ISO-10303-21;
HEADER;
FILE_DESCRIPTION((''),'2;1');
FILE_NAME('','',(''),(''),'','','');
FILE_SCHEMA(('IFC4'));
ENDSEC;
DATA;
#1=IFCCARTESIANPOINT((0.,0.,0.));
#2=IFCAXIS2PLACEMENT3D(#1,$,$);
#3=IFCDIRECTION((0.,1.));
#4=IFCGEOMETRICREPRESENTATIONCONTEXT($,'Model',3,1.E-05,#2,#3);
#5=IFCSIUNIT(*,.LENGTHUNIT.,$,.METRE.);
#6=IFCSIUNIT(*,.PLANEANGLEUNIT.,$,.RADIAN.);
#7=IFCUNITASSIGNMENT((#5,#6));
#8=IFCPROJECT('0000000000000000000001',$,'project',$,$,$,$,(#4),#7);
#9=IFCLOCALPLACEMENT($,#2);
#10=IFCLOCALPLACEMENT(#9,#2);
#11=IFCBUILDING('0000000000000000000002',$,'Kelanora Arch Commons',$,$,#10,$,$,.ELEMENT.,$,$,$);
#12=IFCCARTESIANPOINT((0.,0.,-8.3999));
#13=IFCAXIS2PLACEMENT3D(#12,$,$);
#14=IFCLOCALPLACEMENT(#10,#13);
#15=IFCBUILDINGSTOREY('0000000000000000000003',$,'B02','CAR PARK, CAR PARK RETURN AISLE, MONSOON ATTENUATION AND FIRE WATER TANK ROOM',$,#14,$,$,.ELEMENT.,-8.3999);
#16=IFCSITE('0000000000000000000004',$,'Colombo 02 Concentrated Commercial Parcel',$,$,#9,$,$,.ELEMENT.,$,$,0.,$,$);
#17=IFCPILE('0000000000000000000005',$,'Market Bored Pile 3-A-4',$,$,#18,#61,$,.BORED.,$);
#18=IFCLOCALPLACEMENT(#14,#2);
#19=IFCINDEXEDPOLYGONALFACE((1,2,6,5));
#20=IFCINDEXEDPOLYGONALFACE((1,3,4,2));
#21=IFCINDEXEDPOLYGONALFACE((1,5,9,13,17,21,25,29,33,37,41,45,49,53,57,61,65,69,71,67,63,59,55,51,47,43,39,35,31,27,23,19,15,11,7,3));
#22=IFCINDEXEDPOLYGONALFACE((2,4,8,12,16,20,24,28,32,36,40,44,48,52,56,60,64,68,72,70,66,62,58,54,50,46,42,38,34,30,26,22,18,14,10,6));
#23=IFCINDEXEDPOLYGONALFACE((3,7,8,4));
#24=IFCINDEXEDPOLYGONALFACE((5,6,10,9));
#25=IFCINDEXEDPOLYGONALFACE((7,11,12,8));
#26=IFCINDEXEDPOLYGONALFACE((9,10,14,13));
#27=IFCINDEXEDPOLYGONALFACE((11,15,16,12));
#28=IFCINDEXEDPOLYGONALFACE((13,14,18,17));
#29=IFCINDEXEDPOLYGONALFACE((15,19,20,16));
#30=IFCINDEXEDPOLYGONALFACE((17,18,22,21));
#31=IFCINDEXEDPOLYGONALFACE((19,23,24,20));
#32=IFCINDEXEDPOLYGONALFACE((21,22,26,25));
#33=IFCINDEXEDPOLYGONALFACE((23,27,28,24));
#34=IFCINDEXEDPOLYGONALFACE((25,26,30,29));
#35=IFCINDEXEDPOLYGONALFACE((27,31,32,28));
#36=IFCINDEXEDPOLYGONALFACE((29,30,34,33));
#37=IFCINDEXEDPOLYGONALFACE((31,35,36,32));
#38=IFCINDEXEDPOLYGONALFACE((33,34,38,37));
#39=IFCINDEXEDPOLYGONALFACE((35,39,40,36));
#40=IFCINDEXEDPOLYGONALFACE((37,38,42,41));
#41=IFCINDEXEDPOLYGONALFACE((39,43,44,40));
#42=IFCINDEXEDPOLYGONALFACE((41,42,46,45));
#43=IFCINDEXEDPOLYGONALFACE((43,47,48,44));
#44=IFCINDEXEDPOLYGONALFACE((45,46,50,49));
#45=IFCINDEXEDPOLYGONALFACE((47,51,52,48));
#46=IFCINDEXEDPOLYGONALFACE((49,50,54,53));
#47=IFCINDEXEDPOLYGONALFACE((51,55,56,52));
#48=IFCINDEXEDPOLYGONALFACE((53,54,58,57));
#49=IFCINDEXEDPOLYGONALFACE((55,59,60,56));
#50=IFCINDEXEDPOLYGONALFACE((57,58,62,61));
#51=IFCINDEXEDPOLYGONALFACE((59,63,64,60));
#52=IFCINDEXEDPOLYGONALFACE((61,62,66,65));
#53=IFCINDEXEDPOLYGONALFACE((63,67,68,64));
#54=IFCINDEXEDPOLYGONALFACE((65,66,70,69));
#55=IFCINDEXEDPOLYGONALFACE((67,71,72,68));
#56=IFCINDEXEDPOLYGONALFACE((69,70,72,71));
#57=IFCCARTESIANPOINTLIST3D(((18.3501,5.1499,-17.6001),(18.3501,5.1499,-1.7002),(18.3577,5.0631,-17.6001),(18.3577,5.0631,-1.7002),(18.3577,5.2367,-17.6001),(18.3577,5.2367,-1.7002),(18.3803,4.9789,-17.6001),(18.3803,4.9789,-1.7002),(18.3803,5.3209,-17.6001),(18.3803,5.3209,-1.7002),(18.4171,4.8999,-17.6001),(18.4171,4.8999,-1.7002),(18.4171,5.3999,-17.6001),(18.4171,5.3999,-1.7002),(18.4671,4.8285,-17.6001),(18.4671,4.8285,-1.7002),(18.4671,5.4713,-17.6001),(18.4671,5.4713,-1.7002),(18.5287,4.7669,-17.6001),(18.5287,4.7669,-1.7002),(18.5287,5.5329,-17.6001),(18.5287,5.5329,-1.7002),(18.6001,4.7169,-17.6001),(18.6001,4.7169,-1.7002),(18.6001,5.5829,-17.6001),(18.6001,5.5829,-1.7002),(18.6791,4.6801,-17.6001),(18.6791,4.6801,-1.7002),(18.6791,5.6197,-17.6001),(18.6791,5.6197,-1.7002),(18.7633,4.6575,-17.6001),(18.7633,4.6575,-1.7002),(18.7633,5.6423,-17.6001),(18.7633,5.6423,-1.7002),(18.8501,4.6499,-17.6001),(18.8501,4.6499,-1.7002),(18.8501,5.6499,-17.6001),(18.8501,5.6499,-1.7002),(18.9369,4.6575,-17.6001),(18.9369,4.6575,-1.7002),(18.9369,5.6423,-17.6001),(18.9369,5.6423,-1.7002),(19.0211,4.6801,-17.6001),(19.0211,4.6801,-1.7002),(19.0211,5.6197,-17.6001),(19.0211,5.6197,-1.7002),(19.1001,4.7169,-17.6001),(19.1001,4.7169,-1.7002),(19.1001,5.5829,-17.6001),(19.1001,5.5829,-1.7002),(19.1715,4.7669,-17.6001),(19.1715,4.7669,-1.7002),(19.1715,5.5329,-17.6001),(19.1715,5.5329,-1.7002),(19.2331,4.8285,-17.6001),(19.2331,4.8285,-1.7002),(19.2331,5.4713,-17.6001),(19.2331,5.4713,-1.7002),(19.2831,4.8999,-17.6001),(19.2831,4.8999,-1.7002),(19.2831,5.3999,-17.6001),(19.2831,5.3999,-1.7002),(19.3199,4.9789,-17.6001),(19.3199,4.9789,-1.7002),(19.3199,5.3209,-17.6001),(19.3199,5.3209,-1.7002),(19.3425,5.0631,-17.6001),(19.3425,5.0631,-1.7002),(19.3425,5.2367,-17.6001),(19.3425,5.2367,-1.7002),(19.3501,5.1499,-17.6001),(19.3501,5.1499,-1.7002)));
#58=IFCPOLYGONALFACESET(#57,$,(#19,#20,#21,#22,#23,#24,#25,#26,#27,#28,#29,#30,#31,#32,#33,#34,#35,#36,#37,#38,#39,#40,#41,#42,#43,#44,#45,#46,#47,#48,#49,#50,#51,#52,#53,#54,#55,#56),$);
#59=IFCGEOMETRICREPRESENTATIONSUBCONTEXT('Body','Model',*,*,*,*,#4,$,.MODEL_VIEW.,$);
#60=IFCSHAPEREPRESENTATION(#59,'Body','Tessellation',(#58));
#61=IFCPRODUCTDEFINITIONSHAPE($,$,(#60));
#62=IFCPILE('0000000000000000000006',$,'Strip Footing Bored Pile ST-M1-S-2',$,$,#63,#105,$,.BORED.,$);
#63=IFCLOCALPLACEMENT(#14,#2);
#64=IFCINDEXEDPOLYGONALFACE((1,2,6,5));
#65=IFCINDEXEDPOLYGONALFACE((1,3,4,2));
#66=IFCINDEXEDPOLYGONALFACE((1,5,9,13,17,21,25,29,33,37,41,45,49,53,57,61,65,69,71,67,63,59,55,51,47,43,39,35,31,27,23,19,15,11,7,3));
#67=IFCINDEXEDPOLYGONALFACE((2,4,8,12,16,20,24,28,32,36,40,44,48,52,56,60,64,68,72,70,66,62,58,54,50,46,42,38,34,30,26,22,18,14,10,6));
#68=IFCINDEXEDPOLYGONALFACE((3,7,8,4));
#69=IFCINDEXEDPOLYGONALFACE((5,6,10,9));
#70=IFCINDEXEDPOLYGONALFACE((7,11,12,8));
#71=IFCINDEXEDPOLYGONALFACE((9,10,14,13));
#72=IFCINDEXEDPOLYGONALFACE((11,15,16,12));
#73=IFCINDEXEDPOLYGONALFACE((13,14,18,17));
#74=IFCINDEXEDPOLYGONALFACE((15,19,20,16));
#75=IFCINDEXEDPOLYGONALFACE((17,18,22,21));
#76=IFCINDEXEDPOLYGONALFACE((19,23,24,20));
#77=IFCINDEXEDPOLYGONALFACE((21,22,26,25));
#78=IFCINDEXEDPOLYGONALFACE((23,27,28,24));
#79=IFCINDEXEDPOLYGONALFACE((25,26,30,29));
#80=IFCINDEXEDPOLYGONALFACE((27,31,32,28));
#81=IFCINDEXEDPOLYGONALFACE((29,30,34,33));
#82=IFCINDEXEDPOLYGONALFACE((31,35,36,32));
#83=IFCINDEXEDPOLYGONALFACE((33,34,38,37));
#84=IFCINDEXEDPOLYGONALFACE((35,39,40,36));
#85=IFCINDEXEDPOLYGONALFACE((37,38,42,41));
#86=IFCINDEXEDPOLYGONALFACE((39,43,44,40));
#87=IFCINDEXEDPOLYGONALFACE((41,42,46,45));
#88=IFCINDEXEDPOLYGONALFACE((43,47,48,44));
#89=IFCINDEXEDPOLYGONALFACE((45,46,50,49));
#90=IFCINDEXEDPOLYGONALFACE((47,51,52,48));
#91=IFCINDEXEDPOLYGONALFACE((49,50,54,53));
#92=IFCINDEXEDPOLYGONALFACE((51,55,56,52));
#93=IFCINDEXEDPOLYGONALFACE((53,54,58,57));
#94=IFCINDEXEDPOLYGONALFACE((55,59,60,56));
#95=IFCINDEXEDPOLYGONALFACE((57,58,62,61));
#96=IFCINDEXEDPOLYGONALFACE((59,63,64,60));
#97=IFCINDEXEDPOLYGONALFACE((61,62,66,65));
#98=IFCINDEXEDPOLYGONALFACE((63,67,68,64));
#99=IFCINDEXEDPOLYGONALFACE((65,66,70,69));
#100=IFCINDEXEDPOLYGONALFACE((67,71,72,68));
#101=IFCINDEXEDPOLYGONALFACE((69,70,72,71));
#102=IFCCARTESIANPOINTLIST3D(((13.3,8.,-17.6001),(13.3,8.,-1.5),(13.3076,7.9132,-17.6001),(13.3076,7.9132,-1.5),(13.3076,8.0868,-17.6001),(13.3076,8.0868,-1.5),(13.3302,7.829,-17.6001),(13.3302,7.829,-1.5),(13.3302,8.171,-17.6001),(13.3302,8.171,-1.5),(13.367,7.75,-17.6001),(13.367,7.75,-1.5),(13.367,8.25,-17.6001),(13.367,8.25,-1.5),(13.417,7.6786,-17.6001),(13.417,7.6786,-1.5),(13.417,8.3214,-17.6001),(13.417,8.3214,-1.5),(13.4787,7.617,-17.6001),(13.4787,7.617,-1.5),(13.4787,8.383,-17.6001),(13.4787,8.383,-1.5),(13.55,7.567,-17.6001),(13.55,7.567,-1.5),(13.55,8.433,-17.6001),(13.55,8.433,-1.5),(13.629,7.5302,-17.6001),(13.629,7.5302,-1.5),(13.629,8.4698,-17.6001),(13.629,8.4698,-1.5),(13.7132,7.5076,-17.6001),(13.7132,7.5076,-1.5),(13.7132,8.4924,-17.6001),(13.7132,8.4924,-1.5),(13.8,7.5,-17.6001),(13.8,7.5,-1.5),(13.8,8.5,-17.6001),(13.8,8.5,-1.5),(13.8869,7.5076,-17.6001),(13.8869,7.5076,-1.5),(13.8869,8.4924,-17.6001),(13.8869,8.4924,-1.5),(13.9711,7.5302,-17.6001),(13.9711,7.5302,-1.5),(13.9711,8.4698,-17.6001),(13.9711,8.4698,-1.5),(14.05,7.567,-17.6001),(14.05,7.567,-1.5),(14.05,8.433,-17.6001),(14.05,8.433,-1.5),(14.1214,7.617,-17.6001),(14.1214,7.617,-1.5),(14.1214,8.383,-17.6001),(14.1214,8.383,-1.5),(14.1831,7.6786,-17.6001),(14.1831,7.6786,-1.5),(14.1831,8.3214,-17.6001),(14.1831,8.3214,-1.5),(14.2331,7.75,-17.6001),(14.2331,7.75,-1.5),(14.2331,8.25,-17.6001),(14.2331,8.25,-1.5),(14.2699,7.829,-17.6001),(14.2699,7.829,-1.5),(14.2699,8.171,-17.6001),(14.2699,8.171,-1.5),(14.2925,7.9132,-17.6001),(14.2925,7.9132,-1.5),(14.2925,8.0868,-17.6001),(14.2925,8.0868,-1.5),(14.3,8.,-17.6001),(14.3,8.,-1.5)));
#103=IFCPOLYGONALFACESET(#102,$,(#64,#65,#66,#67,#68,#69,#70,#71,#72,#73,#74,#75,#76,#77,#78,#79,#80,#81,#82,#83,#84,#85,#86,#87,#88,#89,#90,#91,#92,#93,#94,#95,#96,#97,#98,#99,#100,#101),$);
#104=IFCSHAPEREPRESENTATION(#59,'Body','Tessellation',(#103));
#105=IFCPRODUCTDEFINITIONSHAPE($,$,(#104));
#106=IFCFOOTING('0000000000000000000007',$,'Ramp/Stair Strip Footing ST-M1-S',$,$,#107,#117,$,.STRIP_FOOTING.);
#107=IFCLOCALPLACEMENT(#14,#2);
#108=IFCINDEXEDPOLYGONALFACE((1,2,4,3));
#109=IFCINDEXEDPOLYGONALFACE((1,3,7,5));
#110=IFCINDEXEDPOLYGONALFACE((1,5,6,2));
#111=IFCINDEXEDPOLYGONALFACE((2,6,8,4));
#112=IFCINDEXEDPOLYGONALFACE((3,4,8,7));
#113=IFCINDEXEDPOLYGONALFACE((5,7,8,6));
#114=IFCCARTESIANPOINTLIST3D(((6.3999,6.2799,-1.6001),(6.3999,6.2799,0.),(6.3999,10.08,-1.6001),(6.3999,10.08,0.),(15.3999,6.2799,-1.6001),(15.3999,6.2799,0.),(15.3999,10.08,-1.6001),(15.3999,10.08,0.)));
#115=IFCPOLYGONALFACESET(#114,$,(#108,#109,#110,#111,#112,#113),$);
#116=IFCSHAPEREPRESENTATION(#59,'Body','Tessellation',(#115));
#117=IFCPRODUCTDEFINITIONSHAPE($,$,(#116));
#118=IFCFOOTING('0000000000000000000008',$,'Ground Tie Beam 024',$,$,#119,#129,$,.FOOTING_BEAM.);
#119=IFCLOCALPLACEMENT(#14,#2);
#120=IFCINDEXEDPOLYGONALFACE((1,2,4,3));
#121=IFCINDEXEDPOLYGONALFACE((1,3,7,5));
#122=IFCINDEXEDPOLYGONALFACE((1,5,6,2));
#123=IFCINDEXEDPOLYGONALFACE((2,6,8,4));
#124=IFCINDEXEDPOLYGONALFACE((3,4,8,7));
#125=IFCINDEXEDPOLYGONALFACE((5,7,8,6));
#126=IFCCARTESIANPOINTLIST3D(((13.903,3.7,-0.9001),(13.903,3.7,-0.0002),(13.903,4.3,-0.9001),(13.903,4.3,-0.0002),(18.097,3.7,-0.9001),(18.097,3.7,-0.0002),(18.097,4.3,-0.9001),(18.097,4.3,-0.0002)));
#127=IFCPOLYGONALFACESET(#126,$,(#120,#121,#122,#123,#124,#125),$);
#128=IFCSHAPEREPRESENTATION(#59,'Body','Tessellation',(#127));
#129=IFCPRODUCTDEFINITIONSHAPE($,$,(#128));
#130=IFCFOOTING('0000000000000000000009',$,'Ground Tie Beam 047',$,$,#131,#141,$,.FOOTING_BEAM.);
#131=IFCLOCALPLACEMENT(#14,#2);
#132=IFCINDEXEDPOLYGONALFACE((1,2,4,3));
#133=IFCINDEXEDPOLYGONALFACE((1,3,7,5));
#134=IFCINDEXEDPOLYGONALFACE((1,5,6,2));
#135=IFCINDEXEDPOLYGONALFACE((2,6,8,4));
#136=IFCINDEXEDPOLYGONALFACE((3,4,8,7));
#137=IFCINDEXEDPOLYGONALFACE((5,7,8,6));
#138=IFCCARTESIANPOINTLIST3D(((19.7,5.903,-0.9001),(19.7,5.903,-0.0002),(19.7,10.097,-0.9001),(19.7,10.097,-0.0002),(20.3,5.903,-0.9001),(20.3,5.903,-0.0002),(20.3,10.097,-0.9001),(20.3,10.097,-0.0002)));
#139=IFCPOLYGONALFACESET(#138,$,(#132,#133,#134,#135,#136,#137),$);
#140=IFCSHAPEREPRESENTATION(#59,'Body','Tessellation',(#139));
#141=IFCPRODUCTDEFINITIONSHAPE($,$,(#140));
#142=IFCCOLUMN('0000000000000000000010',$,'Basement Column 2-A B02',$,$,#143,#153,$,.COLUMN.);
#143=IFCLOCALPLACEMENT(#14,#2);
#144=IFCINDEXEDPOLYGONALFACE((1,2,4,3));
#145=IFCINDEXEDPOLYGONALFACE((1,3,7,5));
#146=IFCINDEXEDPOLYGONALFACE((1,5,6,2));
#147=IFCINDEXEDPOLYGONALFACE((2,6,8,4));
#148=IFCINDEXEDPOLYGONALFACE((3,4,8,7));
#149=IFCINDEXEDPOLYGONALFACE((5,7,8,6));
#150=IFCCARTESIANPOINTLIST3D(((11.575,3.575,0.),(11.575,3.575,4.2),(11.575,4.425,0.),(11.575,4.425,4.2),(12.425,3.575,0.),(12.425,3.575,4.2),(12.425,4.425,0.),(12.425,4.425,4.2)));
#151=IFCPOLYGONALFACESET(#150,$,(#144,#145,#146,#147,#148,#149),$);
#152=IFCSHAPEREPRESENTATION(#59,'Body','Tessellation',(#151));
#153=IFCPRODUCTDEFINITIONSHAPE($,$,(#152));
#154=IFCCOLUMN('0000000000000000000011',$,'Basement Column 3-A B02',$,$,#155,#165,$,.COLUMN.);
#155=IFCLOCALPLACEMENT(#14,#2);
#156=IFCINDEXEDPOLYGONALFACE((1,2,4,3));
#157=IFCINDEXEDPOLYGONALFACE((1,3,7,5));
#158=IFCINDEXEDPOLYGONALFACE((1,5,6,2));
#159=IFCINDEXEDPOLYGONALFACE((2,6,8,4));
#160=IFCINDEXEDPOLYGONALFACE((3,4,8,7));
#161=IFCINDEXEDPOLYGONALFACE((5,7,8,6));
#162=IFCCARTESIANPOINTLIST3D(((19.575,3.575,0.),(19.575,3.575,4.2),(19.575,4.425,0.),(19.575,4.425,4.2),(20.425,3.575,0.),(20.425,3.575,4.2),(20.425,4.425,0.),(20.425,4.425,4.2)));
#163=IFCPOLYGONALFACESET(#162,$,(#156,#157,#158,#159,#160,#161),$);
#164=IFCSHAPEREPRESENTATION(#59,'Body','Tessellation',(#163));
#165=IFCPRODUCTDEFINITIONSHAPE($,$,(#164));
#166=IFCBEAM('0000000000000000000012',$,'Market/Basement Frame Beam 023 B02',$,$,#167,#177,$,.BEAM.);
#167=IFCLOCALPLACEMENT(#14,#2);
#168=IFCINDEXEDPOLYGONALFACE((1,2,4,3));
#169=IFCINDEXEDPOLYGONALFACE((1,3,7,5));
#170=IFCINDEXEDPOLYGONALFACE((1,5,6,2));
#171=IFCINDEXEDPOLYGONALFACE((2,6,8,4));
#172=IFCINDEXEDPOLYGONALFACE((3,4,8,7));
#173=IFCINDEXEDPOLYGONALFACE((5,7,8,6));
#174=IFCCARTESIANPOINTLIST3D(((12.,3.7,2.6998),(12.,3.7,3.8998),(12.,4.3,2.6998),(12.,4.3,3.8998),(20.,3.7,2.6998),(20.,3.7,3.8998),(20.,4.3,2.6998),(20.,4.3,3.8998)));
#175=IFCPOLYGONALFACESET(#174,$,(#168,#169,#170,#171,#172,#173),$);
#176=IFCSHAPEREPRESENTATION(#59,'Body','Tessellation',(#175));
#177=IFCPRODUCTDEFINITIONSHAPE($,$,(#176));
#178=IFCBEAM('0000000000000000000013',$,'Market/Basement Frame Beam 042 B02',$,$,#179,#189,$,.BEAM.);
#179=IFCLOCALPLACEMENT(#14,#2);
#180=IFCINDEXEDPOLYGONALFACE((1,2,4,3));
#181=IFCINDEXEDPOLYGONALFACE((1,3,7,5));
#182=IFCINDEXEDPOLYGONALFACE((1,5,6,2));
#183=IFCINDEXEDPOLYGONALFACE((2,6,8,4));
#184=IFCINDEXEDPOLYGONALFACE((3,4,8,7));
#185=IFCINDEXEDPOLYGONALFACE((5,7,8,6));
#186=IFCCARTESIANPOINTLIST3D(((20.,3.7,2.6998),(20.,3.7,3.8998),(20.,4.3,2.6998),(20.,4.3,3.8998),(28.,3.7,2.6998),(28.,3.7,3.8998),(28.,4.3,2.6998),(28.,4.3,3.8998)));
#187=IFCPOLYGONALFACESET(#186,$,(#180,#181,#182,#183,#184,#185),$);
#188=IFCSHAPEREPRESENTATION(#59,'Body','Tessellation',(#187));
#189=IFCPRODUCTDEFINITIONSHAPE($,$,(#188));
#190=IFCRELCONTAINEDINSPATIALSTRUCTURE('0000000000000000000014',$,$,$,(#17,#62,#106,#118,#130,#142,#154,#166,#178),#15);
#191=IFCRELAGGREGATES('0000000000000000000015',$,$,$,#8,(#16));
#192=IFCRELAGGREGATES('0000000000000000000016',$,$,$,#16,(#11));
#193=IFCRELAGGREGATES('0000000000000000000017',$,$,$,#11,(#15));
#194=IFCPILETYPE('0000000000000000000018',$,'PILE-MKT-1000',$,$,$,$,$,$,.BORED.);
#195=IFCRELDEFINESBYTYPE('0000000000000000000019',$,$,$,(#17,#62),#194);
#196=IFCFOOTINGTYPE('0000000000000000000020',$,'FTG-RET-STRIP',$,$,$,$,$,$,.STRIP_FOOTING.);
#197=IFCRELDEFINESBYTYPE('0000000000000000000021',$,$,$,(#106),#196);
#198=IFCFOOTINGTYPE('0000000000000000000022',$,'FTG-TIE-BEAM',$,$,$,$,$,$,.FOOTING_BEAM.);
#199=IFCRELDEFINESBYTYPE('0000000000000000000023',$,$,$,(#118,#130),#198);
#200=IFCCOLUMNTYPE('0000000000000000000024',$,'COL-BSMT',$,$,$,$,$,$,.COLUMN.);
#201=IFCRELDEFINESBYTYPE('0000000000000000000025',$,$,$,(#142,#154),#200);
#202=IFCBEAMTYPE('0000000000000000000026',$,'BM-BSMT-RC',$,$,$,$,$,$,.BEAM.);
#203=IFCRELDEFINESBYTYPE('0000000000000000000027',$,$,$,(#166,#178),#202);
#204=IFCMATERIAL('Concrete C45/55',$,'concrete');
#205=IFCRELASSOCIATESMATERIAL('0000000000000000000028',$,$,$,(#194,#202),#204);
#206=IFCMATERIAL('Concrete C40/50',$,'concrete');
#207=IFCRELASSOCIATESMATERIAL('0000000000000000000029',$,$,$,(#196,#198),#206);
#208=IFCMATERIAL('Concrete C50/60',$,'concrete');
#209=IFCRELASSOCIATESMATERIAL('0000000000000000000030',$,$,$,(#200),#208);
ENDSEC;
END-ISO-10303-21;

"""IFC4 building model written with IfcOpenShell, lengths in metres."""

from ifc_helpers import new_model, si_unit, direction, frame, origin, origin_2d, place, context, subcontext, project, spatial, rectangle, circle, extrude, source, transform, mapped, material, material_profile, profile_set, type_object, element, save


model = new_model("IFC4")

# Units and contexts
model_context = context("Model", 3, precision=1e-05, world=origin(), true_north=direction((0.0, 1.0)))
body_context = subcontext(model_context, "Body", "Model", "MODEL_VIEW")
ifc_project = project(units=[si_unit("LENGTHUNIT", "METRE"), si_unit("PLANEANGLEUNIT", "RADIAN")], contexts=[model_context])

# Site, building, storey
site_placement = place(None, origin())
site = spatial("IfcSite", under=ifc_project, at=site_placement, Name="Colombo 02 Concentrated Commercial Parcel", CompositionType="ELEMENT", RefElevation=0.0)
building_placement = place(site_placement, origin())
building = spatial("IfcBuilding", under=site, at=building_placement, Name="Kelanora Arch Commons", CompositionType="ELEMENT")
storey_placement = place(building_placement, frame((0.0, 0.0, -8.3999)))
storey = spatial("IfcBuildingStorey", under=building, at=storey_placement, Name="B02", Description="CAR PARK, CAR PARK RETURN AISLE, MONSOON ATTENUATION AND FIRE WATER TANK ROOM", CompositionType="ELEMENT", Elevation=-8.3999)

# Shared definitions
ifc_material_1 = material(Name="Concrete C40/50", Category="concrete")

# Piles
ifc_material_2 = material(Name="Concrete C45/55", Category="concrete")
ifc_material_profile_1 = material_profile(ifc_material_2, circle(Radius=0.5, at=origin_2d()), Name="PILE1000")
ifc_profile_set_1 = profile_set([ifc_material_profile_1], Name="Concrete C45/55")
pile_type = type_object("IfcPileType", Name="PILE-MKT-1000", PredefinedType="BORED", material=ifc_profile_set_1)
shared_shape_1 = source(origin(), body_context, "Body", "SweptSolid", [
    extrude(circle(Radius=0.5, at=origin_2d()), origin(), (0.0, 0.0, 1.0), 15.8999),
])
for number, where, z_axis, x_axis, name in (
    (1, (18.8501, 5.1499, -1.7002), (0.0, 0.0, -1.0), (1.0, 0.0, 0.0), "Market Bored Pile 3-A-4"),
):
    element("IfcPile", number, at=place(storey_placement, frame(where, z_axis=z_axis, x_axis=x_axis)), inside=storey, type_object=pile_type, Name=name, PredefinedType="BORED", context=body_context, shape_type="MappedRepresentation", body=[
        mapped(shared_shape_1, transform((0.0, 0.0, 0.0), scale=1.0)),
    ])
shared_shape_2 = source(origin(), body_context, "Body", "SweptSolid", [
    extrude(circle(Radius=0.5, at=origin_2d()), origin(), (0.0, 0.0, 1.0), 16.1001),
])
pile_placement = place(storey_placement, frame((13.8, 8.0, -1.5), z_axis=(0.0, 0.0, -1.0), x_axis=(1.0, 0.0, 0.0)))
element("IfcPile", 2, at=pile_placement, inside=storey, type_object=pile_type, Name="Strip Footing Bored Pile ST-M1-S-2", PredefinedType="BORED", context=body_context, shape_type="MappedRepresentation", body=[
    mapped(shared_shape_2, transform((0.0, 0.0, 0.0), scale=1.0)),
])

# Footings
footing_type_1 = type_object("IfcFootingType", Name="FTG-RET-STRIP", PredefinedType="STRIP_FOOTING", material=ifc_material_1)
shared_shape_3 = source(origin(), body_context, "Body", "SweptSolid", [
    extrude(rectangle(XDim=9.0, YDim=3.8, at=origin_2d()), origin(), (0.0, 0.0, 1.0), 1.6001),
])
footing_placement = place(storey_placement, frame((10.8999, 8.1799, -1.6001), z_axis=(0.0, 0.0, 1.0), x_axis=(1.0, 0.0, 0.0)))
element("IfcFooting", 3, at=footing_placement, inside=storey, type_object=footing_type_1, Name="Ramp/Stair Strip Footing ST-M1-S", PredefinedType="STRIP_FOOTING", context=body_context, shape_type="MappedRepresentation", body=[
    mapped(shared_shape_3, transform((0.0, 0.0, 0.0), scale=1.0)),
])
footing_type_2 = type_object("IfcFootingType", Name="FTG-TIE-BEAM", PredefinedType="FOOTING_BEAM", material=ifc_material_1)
shared_shape_4 = source(origin(), body_context, "Body", "SweptSolid", [
    extrude(rectangle(XDim=4.1941, YDim=0.6001, at=origin_2d()), origin(), (0.0, 0.0, 1.0), 0.8999),
])
for number, where, z_axis, x_axis, name in (
    (4, (16.0, 4.0, -0.9001), (0.0, 0.0, 1.0), (1.0, 0.0, 0.0), "Ground Tie Beam 024"),
    (5, (20.0, 8.0, -0.9001), (0.0, 0.0, 1.0), (0.0, 1.0, 0.0), "Ground Tie Beam 047"),
):
    element("IfcFooting", number, at=place(storey_placement, frame(where, z_axis=z_axis, x_axis=x_axis)), inside=storey, type_object=footing_type_2, Name=name, PredefinedType="FOOTING_BEAM", context=body_context, shape_type="MappedRepresentation", body=[
        mapped(shared_shape_4, transform((0.0, 0.0, 0.0), scale=1.0)),
    ])

# Columns
ifc_material_3 = material(Name="Concrete C50/60", Category="concrete")
ifc_material_profile_2 = material_profile(ifc_material_3, rectangle(XDim=0.8501, YDim=0.8501, at=origin_2d()), Name="RC850x850")
ifc_profile_set_2 = profile_set([ifc_material_profile_2], Name="Concrete C50/60")
column_type = type_object("IfcColumnType", Name="COL-BSMT", PredefinedType="COLUMN", material=ifc_profile_set_2)
for number, where, z_axis, x_axis, name in (
    (6, (12.0, 4.0, 0.0), (0.0, 0.0, 1.0), (1.0, 0.0, 0.0), "Basement Column 2-A B02"),
    (7, (20.0, 4.0, 0.0), (0.0, 0.0, 1.0), (1.0, 0.0, 0.0), "Basement Column 3-A B02"),
):
    element("IfcColumn", number, at=place(storey_placement, frame(where, z_axis=z_axis, x_axis=x_axis)), inside=storey, type_object=column_type, Name=name, PredefinedType="COLUMN", context=body_context, shape_type="SweptSolid", body=[
        extrude(rectangle(XDim=0.8501, YDim=0.8501, at=origin_2d()), origin(), (0.0, 0.0, 1.0), 4.2),
    ])

# Beams
ifc_material_profile_3 = material_profile(ifc_material_2, rectangle(XDim=0.6001, YDim=1.2, at=origin_2d()), Name="RCB600x1200")
ifc_profile_set_3 = profile_set([ifc_material_profile_3], Name="Concrete C45/55")
beam_type = type_object("IfcBeamType", Name="BM-BSMT-RC", PredefinedType="BEAM", material=ifc_profile_set_3)
for number, where, z_axis, x_axis, name in (
    (8, (12.0, 4.0, 3.2998), (1.0, 0.0, 0.0), (0.0, 1.0, 0.0), "Market/Basement Frame Beam 023 B02"),
    (9, (20.0, 4.0, 3.2998), (1.0, 0.0, 0.0), (0.0, 1.0, 0.0), "Market/Basement Frame Beam 042 B02"),
):
    element("IfcBeam", number, at=place(storey_placement, frame(where, z_axis=z_axis, x_axis=x_axis)), inside=storey, type_object=beam_type, Name=name, PredefinedType="BEAM", context=body_context, shape_type="SweptSolid", body=[
        extrude(rectangle(XDim=0.6001, YDim=1.2, at=origin_2d()), origin(), (0.0, 0.0, 1.0), 8.0),
    ])

save(model, "model.ifc")
